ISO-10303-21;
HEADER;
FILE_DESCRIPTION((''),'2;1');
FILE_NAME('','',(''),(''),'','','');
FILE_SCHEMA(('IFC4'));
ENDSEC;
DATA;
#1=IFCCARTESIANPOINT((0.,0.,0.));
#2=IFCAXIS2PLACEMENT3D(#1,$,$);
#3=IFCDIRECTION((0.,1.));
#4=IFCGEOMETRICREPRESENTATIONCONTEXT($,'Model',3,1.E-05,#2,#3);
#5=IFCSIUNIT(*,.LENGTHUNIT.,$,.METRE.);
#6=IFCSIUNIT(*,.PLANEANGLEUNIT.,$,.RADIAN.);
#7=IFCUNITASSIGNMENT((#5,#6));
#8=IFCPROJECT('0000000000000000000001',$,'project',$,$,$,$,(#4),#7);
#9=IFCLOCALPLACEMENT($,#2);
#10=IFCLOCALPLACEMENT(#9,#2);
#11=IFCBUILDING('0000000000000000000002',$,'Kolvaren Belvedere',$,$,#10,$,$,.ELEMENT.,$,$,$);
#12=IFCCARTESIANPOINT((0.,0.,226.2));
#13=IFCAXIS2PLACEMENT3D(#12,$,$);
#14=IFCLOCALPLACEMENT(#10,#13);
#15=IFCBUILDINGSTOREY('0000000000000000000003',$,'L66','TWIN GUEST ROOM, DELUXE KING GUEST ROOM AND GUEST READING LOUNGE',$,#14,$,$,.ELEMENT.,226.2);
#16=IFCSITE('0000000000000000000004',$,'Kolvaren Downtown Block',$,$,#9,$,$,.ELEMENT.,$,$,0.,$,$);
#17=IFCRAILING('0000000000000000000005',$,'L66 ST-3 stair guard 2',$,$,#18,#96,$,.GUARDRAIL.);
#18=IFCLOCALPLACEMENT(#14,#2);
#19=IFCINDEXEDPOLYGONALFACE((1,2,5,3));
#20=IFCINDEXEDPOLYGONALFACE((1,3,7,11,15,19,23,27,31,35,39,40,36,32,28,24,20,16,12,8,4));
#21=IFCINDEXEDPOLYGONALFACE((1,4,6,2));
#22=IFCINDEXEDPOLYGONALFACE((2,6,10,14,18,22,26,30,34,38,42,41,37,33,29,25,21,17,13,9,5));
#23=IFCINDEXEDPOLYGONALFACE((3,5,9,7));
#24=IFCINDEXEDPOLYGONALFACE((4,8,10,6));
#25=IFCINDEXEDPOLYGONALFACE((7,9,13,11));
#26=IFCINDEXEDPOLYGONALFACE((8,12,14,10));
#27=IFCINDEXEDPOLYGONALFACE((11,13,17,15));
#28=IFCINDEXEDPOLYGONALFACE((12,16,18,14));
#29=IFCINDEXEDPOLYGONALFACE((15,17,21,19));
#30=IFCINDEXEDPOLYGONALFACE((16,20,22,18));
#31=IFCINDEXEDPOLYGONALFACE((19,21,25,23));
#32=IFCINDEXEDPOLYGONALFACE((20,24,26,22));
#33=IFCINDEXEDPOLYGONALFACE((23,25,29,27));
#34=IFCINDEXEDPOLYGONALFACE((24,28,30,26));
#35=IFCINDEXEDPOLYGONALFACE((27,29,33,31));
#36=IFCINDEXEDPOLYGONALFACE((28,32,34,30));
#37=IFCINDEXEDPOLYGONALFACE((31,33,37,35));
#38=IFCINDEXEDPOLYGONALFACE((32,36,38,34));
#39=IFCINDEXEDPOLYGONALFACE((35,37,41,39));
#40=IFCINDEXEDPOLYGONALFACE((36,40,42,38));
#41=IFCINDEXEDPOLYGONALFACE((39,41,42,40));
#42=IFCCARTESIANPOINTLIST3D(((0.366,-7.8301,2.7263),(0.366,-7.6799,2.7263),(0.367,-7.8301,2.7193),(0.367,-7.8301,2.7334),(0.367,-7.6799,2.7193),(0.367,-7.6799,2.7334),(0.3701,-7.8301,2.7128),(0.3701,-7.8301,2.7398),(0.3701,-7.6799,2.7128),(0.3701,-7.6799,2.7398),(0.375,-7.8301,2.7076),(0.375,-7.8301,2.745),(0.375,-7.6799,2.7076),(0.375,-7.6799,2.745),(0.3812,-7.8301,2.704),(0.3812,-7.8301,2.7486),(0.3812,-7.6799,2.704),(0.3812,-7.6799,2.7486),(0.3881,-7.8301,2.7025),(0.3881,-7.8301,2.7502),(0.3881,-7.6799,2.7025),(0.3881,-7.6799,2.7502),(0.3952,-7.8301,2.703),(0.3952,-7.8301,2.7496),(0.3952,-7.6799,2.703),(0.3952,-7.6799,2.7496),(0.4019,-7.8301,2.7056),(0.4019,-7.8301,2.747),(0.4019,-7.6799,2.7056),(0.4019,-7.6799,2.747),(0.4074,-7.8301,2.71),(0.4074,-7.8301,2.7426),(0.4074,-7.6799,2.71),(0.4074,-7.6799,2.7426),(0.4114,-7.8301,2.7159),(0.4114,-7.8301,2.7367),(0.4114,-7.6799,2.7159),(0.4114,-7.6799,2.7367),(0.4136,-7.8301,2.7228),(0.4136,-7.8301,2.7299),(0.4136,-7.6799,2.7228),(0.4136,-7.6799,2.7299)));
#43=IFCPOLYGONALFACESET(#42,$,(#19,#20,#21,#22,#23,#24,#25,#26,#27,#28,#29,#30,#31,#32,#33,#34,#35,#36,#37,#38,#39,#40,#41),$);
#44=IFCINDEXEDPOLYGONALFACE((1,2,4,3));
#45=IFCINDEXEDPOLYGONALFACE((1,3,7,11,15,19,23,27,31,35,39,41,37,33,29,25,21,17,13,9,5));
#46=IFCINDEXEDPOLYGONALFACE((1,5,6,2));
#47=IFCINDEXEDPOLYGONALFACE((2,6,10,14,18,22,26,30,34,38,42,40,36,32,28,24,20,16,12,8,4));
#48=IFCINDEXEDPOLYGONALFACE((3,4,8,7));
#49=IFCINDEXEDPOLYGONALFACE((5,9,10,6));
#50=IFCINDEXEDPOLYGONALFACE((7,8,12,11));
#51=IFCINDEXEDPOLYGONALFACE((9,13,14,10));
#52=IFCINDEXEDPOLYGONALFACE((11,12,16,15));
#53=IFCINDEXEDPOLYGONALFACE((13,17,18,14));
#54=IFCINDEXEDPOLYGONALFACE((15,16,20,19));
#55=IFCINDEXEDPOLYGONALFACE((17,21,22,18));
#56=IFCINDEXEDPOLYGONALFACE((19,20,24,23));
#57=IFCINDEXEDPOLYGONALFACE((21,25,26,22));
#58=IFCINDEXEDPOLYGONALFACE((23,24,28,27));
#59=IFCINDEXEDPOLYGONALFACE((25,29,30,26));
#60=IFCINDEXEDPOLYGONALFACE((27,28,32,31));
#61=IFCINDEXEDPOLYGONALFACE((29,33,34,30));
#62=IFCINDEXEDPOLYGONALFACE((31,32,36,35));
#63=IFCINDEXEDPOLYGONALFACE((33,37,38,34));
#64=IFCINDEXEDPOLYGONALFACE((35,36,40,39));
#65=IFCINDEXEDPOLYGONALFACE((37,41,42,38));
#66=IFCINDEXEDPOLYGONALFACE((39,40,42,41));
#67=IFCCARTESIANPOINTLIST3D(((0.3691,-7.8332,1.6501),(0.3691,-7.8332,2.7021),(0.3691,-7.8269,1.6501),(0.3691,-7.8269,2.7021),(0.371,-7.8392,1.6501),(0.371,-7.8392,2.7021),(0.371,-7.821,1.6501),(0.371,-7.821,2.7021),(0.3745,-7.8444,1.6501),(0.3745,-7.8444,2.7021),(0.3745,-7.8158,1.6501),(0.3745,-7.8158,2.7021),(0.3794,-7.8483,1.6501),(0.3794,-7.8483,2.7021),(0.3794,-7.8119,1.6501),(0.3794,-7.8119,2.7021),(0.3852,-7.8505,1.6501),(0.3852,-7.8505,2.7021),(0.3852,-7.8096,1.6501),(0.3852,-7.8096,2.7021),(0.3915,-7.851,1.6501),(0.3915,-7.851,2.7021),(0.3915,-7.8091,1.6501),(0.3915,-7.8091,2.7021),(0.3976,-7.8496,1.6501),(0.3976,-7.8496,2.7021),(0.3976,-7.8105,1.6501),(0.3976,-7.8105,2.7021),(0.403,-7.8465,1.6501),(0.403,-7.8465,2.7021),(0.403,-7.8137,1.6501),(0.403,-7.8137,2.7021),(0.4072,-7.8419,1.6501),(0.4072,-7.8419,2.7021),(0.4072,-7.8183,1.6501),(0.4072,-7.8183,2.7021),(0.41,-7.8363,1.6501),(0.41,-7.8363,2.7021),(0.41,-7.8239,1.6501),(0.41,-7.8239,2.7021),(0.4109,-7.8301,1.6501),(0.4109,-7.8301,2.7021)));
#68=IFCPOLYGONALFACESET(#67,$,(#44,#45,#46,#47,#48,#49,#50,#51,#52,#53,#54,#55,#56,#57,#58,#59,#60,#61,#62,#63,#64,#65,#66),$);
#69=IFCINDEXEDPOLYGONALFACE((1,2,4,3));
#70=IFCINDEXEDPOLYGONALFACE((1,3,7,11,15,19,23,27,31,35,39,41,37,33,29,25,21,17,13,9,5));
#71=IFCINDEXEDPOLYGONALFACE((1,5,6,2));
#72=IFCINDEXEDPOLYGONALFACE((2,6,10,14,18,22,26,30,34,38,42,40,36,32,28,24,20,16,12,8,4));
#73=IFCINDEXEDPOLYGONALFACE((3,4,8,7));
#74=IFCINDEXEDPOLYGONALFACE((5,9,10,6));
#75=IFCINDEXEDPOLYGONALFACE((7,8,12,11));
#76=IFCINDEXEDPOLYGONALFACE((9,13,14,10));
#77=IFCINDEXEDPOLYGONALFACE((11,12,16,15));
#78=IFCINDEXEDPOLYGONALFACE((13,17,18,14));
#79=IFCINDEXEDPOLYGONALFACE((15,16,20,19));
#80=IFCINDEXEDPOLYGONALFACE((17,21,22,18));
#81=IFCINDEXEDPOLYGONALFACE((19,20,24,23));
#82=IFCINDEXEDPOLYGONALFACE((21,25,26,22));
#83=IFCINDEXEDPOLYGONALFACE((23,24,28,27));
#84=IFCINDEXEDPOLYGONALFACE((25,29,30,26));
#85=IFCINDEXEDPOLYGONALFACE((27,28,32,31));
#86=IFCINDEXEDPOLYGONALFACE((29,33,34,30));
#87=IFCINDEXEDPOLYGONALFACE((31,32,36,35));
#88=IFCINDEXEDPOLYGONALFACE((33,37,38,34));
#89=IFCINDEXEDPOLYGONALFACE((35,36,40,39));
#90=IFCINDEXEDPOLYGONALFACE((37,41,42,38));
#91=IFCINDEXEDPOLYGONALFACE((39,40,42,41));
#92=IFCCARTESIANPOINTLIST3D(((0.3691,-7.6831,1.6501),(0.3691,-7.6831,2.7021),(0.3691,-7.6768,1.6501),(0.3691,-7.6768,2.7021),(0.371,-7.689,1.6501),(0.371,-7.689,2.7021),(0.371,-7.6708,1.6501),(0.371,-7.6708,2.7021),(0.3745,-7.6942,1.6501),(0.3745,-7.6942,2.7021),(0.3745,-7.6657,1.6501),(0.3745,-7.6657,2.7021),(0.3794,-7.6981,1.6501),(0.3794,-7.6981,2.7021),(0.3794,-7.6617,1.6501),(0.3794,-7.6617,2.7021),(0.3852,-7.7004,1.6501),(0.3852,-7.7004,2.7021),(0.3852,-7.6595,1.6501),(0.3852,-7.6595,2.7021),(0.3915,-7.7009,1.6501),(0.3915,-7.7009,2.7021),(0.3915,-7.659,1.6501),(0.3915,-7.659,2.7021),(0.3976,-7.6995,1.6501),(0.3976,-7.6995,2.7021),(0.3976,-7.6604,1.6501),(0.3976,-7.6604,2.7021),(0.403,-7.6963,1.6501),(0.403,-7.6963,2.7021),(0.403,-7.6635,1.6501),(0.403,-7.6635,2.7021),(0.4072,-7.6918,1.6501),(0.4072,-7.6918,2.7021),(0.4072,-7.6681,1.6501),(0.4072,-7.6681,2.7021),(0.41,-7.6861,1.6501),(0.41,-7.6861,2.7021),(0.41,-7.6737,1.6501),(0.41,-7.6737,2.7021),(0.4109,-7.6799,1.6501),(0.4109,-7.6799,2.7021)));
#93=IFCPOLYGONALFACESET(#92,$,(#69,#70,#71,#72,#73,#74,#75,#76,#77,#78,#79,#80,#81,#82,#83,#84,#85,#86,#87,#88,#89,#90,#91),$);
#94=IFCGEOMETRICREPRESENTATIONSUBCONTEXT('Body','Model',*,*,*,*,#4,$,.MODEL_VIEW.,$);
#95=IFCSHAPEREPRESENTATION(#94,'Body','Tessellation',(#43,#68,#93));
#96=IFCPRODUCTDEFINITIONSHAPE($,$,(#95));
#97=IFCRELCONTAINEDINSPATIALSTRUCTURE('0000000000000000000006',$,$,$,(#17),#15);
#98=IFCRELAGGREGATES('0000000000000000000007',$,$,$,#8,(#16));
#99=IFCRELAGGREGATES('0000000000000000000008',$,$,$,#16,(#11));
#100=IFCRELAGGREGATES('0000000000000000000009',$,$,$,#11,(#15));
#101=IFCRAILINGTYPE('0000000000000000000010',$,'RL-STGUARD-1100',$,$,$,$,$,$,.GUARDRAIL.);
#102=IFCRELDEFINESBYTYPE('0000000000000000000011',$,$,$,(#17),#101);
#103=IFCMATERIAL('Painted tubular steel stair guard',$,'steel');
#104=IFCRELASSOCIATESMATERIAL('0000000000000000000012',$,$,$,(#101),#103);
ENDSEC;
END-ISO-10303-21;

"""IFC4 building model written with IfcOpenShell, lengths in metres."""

from ifc_helpers import new_model, si_unit, direction, frame, origin, origin_2d, place, context, subcontext, project, spatial, circle, extrude, material, type_object, element, save


model = new_model("IFC4")

# Units and contexts
model_context = context("Model", 3, precision=1e-05, world=origin(), true_north=direction((0.0, 1.0)))
body_context = subcontext(model_context, "Body", "Model", "MODEL_VIEW")
ifc_project = project(units=[si_unit("LENGTHUNIT", "METRE"), si_unit("PLANEANGLEUNIT", "RADIAN")], contexts=[model_context])

# Site, building, storey
site_placement = place(None, origin())
site = spatial("IfcSite", under=ifc_project, at=site_placement, Name="Kolvaren Downtown Block", CompositionType="ELEMENT", RefElevation=0.0)
building_placement = place(site_placement, origin())
building = spatial("IfcBuilding", under=site, at=building_placement, Name="Kolvaren Belvedere", CompositionType="ELEMENT")
storey_placement = place(building_placement, frame((0.0, 0.0, 226.2)))
storey = spatial("IfcBuildingStorey", under=building, at=storey_placement, Name="L66", Description="TWIN GUEST ROOM, DELUXE KING GUEST ROOM AND GUEST READING LOUNGE", CompositionType="ELEMENT", Elevation=226.2)

# Railing
ifc_material_1 = material(Name="Painted tubular steel stair guard", Category="steel")
railing_type_1 = type_object("IfcRailingType", Name="RL-STGUARD-1100", PredefinedType="GUARDRAIL", material=ifc_material_1)
railing_1_placement = place(storey_placement, frame((0.3899, -7.8301, 1.6501)))
element("IfcRailing", 1, at=railing_1_placement, inside=storey, type_object=railing_type_1, Name="L66 ST-3 stair guard 2", PredefinedType="GUARDRAIL", context=body_context, shape_type="SweptSolid", body=[
    extrude(circle(Radius=0.0239, at=origin_2d()), frame((0.0, 0.0, 1.0762), z_axis=(0.0, 1.0, 0.0), x_axis=(-1.0, 0.0, 0.0)), (0.0, 0.0, 1.0), 0.1501),
    extrude(circle(Radius=0.021, at=origin_2d()), origin(), (0.0, 0.0, 1.0), 1.052),
    extrude(circle(Radius=0.021, at=origin_2d()), frame((0.0, 0.1501, 0.0)), (0.0, 0.0, 1.0), 1.052),
])

save(model, "model.ifc")
